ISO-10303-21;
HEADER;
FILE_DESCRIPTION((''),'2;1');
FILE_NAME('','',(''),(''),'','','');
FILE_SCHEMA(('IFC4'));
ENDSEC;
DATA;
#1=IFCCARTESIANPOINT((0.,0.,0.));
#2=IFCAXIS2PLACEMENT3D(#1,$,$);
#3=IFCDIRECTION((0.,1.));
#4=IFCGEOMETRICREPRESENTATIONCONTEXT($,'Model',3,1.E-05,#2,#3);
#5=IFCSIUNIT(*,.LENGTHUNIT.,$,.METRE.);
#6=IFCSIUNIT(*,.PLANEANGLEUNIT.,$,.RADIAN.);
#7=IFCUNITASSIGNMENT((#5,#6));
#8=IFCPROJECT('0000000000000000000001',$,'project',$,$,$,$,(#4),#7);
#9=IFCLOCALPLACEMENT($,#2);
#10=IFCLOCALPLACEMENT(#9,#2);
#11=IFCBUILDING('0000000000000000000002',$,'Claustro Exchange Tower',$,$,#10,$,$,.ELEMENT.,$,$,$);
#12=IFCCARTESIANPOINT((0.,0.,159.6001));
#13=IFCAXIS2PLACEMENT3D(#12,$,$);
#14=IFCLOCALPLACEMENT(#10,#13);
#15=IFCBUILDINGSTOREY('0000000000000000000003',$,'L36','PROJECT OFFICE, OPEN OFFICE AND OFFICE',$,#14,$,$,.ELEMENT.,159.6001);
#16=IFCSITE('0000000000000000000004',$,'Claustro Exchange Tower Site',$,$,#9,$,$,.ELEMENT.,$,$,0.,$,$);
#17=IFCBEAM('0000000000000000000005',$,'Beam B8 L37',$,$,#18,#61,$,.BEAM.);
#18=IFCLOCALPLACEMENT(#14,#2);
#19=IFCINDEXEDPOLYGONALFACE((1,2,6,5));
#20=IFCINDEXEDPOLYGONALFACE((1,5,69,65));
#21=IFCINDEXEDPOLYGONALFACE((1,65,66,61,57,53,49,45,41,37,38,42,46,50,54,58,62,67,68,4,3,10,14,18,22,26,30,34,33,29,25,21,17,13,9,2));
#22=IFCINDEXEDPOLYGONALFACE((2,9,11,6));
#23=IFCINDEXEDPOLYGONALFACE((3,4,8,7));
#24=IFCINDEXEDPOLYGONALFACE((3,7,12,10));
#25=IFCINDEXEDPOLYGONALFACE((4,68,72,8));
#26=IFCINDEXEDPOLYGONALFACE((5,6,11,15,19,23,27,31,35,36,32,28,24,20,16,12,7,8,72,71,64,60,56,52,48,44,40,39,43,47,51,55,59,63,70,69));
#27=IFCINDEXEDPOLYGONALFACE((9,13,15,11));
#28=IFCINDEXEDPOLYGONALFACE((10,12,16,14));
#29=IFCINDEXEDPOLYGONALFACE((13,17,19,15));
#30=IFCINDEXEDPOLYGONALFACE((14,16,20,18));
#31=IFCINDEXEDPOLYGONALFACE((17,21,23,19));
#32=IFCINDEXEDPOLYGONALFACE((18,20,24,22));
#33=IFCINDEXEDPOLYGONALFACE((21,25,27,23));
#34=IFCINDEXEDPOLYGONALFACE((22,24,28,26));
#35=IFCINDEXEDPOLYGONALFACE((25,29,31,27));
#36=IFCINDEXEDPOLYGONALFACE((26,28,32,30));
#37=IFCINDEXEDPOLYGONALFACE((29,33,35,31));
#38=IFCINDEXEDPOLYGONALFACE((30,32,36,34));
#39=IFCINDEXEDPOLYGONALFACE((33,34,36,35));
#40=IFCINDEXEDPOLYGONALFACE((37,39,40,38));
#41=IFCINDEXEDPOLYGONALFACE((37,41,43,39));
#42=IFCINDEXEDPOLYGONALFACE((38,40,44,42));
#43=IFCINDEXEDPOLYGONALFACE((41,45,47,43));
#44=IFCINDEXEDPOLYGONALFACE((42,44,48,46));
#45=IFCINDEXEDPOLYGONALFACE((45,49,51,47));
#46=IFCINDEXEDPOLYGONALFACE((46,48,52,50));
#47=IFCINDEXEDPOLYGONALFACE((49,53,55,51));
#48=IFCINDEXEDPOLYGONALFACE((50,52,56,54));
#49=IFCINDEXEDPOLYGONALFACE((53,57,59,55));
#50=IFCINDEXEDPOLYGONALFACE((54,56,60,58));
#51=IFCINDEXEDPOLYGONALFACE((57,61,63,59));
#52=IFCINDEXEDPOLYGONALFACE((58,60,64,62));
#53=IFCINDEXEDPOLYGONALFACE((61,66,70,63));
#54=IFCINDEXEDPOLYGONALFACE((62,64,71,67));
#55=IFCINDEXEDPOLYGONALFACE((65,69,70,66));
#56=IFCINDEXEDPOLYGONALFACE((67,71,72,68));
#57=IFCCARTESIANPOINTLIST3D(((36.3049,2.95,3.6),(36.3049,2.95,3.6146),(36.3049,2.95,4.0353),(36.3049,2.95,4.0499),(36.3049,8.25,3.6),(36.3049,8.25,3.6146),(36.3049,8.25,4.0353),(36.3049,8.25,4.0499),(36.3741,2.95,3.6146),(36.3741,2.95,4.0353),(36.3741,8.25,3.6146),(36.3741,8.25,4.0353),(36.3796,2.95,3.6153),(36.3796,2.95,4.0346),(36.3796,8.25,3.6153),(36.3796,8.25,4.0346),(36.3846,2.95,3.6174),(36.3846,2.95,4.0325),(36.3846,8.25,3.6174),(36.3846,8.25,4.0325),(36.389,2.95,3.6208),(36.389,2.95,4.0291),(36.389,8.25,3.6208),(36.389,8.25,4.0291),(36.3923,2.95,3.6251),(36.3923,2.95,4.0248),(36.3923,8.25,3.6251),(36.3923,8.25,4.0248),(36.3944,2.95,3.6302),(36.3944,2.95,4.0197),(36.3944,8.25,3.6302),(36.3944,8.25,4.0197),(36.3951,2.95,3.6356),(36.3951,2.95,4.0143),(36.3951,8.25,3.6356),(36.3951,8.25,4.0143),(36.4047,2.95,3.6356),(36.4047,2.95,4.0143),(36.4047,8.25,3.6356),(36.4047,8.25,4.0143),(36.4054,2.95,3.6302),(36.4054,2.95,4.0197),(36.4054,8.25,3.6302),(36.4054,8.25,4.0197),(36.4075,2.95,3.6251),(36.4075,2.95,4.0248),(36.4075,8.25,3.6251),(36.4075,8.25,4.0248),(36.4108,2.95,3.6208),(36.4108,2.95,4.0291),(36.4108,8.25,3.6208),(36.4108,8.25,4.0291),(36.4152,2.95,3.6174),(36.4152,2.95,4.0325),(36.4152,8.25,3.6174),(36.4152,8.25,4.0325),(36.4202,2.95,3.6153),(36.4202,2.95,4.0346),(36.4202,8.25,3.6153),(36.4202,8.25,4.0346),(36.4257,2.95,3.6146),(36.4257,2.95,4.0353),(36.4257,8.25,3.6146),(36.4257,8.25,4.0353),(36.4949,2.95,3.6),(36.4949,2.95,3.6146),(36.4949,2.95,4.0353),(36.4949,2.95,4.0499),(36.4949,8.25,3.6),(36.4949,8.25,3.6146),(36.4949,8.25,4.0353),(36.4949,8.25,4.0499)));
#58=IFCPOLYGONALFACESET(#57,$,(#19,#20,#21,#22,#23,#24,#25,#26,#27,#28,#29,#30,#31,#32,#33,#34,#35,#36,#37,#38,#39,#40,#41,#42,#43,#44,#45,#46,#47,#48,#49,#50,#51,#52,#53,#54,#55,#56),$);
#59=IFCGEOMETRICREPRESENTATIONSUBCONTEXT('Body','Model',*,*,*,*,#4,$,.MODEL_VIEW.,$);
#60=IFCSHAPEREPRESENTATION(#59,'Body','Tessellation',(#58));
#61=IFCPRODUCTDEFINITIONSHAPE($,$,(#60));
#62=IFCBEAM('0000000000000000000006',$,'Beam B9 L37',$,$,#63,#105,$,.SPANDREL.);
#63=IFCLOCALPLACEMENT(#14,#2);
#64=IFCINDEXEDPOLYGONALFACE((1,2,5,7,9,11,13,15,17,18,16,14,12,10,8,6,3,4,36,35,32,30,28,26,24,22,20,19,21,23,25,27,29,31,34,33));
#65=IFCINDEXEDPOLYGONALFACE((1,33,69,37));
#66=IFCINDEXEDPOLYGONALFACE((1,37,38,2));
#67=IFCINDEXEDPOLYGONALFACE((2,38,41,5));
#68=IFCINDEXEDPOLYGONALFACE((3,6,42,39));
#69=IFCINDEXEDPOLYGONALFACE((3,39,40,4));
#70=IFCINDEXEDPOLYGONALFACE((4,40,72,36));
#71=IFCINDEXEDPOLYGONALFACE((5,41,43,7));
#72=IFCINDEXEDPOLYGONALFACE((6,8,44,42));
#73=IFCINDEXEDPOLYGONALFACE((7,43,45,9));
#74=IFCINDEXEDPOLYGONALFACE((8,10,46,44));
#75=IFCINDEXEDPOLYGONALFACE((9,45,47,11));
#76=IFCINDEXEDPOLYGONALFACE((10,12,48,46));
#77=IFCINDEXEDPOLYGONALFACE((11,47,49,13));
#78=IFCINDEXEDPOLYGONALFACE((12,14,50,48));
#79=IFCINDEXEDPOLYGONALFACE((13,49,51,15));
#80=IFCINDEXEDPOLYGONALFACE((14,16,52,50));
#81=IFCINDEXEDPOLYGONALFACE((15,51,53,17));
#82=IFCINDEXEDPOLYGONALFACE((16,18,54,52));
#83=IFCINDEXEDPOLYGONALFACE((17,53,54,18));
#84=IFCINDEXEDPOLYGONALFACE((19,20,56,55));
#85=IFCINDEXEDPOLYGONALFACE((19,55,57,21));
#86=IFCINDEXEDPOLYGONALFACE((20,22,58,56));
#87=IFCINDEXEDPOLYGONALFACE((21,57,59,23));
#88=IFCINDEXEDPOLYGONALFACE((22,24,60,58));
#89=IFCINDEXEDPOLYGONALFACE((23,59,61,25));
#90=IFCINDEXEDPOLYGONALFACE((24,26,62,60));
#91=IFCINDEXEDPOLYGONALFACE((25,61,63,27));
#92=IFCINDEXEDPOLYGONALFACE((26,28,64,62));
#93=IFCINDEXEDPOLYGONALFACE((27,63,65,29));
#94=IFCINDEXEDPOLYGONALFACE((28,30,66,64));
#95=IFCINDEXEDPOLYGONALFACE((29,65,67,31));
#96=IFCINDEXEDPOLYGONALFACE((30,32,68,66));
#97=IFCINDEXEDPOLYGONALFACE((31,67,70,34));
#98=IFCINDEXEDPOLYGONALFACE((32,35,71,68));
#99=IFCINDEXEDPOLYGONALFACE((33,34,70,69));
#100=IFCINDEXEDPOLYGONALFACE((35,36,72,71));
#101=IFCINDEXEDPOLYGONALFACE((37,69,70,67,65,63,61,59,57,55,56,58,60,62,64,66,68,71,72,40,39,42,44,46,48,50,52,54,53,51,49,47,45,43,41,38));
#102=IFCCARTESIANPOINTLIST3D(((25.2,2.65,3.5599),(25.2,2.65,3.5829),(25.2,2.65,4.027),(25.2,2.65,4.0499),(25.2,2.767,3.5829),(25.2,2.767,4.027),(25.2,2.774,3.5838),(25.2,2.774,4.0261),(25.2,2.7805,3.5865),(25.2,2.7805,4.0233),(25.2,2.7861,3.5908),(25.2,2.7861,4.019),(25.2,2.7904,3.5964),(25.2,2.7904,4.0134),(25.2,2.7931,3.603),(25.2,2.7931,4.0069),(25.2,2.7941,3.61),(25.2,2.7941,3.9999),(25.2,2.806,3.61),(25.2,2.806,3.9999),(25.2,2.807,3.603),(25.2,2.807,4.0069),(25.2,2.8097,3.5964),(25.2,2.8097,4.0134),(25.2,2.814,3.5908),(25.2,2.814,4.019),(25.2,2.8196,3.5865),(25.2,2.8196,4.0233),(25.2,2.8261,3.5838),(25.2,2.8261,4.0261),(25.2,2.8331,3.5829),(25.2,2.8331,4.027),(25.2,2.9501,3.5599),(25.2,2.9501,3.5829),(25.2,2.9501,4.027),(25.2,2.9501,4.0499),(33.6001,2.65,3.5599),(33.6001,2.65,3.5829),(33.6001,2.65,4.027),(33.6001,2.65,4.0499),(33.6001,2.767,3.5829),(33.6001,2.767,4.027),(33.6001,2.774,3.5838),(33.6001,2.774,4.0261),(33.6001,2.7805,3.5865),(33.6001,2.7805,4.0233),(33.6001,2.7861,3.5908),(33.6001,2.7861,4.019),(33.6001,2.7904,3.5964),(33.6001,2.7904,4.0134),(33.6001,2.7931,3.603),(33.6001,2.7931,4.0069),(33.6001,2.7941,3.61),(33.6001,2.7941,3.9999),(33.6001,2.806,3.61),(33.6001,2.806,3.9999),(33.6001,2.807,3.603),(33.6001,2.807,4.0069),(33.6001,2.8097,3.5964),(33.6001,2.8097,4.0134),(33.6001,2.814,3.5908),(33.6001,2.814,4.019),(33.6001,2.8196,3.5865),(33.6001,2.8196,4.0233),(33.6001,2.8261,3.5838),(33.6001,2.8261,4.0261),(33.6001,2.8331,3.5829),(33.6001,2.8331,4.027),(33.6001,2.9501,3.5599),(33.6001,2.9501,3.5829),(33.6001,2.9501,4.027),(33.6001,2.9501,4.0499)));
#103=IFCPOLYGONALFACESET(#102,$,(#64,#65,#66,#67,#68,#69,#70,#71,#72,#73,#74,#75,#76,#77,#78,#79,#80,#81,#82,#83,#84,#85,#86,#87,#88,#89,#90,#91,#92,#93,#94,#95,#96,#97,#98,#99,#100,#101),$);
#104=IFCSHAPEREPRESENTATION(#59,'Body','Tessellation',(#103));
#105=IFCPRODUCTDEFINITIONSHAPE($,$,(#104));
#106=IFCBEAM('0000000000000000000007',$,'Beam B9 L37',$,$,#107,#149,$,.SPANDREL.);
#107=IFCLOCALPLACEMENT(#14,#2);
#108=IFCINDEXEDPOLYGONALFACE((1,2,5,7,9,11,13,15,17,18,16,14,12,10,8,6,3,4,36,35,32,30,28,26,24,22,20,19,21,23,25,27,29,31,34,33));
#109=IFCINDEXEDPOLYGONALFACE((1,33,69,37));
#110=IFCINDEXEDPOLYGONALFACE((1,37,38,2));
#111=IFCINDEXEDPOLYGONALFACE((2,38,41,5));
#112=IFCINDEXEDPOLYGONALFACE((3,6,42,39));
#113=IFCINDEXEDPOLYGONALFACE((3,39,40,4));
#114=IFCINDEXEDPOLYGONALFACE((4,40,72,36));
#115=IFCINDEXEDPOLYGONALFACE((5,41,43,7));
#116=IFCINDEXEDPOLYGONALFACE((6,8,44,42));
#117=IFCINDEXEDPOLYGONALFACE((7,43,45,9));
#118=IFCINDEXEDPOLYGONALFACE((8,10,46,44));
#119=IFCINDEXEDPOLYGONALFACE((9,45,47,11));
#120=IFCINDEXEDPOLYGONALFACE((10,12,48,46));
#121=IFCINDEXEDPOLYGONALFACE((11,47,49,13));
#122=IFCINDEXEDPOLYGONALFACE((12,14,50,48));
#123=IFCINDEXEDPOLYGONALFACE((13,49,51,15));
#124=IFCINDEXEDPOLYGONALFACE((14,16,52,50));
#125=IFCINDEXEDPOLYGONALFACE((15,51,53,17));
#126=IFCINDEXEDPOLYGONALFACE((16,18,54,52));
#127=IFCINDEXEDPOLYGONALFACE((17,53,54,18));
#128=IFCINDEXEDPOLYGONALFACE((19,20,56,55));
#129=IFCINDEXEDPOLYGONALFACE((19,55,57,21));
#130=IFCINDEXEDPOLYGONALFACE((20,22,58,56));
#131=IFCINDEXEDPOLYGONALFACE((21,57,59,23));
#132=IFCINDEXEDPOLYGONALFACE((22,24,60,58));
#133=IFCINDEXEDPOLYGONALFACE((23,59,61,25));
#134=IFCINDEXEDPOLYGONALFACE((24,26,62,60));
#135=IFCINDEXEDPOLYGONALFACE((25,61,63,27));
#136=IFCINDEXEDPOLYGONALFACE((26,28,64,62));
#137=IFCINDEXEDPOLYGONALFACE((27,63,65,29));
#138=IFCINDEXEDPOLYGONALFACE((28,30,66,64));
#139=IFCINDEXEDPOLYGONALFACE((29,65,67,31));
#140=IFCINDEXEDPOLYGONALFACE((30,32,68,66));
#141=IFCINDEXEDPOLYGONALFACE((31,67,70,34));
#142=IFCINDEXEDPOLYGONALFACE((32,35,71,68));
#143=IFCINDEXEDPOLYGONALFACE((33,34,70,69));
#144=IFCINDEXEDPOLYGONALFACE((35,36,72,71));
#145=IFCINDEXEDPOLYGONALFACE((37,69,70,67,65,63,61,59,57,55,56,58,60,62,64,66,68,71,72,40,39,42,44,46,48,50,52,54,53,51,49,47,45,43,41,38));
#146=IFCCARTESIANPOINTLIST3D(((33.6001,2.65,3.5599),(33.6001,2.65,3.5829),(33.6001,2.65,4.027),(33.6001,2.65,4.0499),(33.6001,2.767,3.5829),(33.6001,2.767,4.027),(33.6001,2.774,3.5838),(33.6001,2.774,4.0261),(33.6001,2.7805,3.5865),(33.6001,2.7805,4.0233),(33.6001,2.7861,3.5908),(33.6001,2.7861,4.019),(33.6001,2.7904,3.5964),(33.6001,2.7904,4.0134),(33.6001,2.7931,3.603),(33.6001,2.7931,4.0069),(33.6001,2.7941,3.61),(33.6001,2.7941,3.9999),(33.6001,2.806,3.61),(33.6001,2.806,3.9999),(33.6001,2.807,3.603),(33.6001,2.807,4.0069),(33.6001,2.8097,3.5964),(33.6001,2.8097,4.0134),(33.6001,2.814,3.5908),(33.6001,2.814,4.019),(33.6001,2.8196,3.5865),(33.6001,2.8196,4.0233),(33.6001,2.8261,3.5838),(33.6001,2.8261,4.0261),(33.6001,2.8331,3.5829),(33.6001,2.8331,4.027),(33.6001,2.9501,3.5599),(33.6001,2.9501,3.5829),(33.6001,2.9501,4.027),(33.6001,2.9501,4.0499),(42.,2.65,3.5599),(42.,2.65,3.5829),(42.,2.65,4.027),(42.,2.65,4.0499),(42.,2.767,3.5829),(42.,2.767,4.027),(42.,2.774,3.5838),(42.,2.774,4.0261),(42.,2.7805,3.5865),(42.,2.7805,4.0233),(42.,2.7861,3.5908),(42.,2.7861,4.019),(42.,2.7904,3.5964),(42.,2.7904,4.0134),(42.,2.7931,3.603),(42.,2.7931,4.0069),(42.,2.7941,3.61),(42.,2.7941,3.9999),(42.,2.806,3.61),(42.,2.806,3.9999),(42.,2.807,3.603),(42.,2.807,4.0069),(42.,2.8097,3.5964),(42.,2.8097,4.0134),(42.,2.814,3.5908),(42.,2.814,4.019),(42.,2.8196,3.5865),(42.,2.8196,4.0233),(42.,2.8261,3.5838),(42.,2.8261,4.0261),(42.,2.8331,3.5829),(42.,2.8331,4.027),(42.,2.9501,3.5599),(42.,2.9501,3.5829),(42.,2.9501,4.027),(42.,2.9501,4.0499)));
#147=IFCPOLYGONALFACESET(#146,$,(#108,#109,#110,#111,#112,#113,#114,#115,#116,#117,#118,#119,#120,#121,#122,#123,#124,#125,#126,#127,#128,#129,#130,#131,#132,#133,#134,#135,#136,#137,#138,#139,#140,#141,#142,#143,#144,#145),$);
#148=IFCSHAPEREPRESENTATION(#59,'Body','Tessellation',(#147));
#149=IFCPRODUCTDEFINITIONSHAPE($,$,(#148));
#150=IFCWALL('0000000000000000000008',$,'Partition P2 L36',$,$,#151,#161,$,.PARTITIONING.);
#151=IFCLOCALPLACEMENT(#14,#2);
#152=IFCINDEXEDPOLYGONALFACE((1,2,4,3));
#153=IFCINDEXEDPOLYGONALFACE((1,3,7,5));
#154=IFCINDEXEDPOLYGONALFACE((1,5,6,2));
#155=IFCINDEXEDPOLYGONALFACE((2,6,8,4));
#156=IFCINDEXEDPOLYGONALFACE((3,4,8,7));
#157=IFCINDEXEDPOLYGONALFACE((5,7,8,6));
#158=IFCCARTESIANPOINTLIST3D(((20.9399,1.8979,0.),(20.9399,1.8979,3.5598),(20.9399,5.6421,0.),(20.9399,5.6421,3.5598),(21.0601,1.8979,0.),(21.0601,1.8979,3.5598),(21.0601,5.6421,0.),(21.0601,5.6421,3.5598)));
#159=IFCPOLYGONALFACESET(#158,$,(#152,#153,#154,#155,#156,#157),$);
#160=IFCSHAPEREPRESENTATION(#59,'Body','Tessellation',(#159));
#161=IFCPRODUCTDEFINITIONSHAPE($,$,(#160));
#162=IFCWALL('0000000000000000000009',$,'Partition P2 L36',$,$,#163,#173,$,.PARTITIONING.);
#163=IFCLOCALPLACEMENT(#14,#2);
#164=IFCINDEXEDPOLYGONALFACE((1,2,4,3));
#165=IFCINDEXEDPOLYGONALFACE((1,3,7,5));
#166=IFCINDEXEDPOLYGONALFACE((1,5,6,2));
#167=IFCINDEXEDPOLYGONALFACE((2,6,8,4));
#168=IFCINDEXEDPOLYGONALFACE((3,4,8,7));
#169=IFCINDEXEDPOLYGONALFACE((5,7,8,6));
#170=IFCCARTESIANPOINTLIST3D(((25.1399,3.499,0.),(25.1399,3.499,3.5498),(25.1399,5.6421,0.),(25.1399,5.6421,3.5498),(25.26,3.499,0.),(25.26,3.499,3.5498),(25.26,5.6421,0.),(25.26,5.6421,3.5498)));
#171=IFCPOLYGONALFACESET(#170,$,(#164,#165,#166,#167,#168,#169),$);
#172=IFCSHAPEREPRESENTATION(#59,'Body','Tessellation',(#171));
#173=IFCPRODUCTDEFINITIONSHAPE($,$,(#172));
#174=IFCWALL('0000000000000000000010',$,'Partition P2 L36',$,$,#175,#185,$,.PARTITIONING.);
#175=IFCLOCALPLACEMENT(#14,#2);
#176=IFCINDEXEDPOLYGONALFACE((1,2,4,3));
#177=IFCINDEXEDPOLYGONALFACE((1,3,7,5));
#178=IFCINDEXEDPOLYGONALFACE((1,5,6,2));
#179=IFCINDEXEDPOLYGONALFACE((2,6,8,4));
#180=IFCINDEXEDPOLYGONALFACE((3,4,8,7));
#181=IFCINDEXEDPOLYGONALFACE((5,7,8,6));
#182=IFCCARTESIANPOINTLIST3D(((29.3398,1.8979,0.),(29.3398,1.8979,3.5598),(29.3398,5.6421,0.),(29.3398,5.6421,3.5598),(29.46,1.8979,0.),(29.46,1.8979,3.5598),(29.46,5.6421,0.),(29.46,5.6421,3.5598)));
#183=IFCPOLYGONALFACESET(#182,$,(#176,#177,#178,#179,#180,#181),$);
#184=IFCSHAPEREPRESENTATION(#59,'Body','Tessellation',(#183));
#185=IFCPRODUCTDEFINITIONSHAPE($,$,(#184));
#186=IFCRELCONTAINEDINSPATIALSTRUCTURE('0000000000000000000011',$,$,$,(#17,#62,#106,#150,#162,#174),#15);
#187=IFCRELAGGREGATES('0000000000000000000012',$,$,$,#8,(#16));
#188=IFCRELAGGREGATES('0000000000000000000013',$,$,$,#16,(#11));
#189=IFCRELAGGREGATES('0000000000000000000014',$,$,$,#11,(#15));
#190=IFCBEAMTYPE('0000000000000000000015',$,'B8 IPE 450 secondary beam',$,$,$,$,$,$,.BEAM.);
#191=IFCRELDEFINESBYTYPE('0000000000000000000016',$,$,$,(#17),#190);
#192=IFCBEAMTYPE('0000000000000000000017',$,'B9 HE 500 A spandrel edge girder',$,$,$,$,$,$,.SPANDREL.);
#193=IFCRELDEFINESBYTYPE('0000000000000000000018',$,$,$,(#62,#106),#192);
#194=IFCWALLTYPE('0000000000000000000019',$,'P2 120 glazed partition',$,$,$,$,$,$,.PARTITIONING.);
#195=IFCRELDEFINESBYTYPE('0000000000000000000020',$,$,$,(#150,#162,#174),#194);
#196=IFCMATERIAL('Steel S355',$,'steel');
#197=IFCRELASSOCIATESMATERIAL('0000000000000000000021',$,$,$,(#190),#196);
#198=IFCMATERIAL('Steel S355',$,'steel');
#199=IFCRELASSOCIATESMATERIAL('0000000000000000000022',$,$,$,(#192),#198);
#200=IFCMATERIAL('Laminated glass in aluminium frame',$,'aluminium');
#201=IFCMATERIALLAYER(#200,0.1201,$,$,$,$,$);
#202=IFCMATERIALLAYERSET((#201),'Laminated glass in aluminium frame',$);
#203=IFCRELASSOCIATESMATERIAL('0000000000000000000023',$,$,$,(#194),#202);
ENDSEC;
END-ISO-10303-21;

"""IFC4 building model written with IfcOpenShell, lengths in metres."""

from ifc_helpers import new_model, si_unit, direction, frame, frame_2d, origin, origin_2d, place, context, subcontext, project, spatial, rectangle, i_section, extrude, material, layer, layer_set, material_profile, profile_set, type_object, element, save


model = new_model("IFC4")

# Units and contexts
model_context = context("Model", 3, precision=1e-05, world=origin(), true_north=direction((0.0, 1.0)))
body_context = subcontext(model_context, "Body", "Model", "MODEL_VIEW")
ifc_project = project(units=[si_unit("LENGTHUNIT", "METRE"), si_unit("PLANEANGLEUNIT", "RADIAN")], contexts=[model_context])

# Site, building, storey
site_placement = place(None, origin())
site = spatial("IfcSite", under=ifc_project, at=site_placement, Name="Claustro Exchange Tower Site", CompositionType="ELEMENT", RefElevation=0.0)
building_placement = place(site_placement, origin())
building = spatial("IfcBuilding", under=site, at=building_placement, Name="Claustro Exchange Tower", CompositionType="ELEMENT")
storey_placement = place(building_placement, frame((0.0, 0.0, 159.6001)))
storey = spatial("IfcBuildingStorey", under=building, at=storey_placement, Name="L36", Description="PROJECT OFFICE, OPEN OFFICE AND OFFICE", CompositionType="ELEMENT", Elevation=159.6001)

# Beams
ifc_material_1 = material(Name="Steel S355", Category="steel")
ifc_material_profile_1 = material_profile(ifc_material_1, i_section(OverallWidth=0.1899, OverallDepth=0.45, WebThickness=0.0095, FlangeThickness=0.0146, FilletRadius=0.021, at=origin_2d()), Name="IPE 450")
ifc_profile_set_1 = profile_set([ifc_material_profile_1], Name="Steel S355")
beam_type_1 = type_object("IfcBeamType", Name="B8 IPE 450 secondary beam", PredefinedType="BEAM", material=ifc_profile_set_1)
for number, where, z_axis, x_axis, name in (
    (1, (36.3999, 2.95, 3.825), (0.0, 1.0, 0.0), (-1.0, 0.0, 0.0), "Beam B8 L37"),
):
    element("IfcBeam", number, at=place(storey_placement, frame(where, z_axis=z_axis, x_axis=x_axis)), inside=storey, type_object=beam_type_1, Name=name, PredefinedType="BEAM", context=body_context, shape_type="SweptSolid", body=[
        extrude(i_section(OverallWidth=0.1899, OverallDepth=0.45, WebThickness=0.0095, FlangeThickness=0.0146, FilletRadius=0.021, at=origin_2d()), origin(), (0.0, 0.0, 1.0), 5.3),
    ])
ifc_material_2 = material(Name="Steel S355", Category="steel")
ifc_material_profile_2 = material_profile(ifc_material_2, i_section(OverallWidth=0.3, OverallDepth=0.49, WebThickness=0.012, FlangeThickness=0.0229, FilletRadius=0.0271, at=origin_2d()), Name="HE 500 A")
ifc_profile_set_2 = profile_set([ifc_material_profile_2], Name="Steel S355")
beam_type_2 = type_object("IfcBeamType", Name="B9 HE 500 A spandrel edge girder", PredefinedType="SPANDREL", material=ifc_profile_set_2)
beam_1_placement = place(storey_placement, frame((25.2, 2.8, 3.8049), z_axis=(1.0, 0.0, 0.0), x_axis=(0.0, 1.0, 0.0)))
element("IfcBeam", 2, at=beam_1_placement, inside=storey, type_object=beam_type_2, Name="Beam B9 L37", PredefinedType="SPANDREL", context=body_context, shape_type="SweptSolid", body=[
    extrude(i_section(OverallWidth=0.3, OverallDepth=0.49, WebThickness=0.012, FlangeThickness=0.0229, FilletRadius=0.0271, at=origin_2d()), origin(), (0.0, 0.0, 1.0), 8.4001),
])
beam_2_placement = place(storey_placement, frame((33.6001, 2.8, 3.8049), z_axis=(1.0, 0.0, 0.0), x_axis=(0.0, 1.0, 0.0)))
element("IfcBeam", 3, at=beam_2_placement, inside=storey, type_object=beam_type_2, Name="Beam B9 L37", PredefinedType="SPANDREL", context=body_context, shape_type="SweptSolid", body=[
    extrude(i_section(OverallWidth=0.3, OverallDepth=0.49, WebThickness=0.012, FlangeThickness=0.0229, FilletRadius=0.0271, at=origin_2d()), origin(), (0.0, 0.0, 1.0), 8.3999),
])

# Walls
ifc_material_3 = material(Name="Laminated glass in aluminium frame", Category="aluminium")
ifc_layer_1 = layer(ifc_material_3, 0.1201)
ifc_layer_set_1 = layer_set([ifc_layer_1], Name="Laminated glass in aluminium frame")
wall_type_1 = type_object("IfcWallType", Name="P2 120 glazed partition", PredefinedType="PARTITIONING", material=ifc_layer_set_1)
wall_1_placement = place(storey_placement, frame((21.0, 1.8979, 0.0), z_axis=(0.0, 0.0, 1.0), x_axis=(0.0, 1.0, 0.0)))
element("IfcWall", 4, at=wall_1_placement, inside=storey, type_object=wall_type_1, Name="Partition P2 L36", PredefinedType="PARTITIONING", context=body_context, shape_type="SweptSolid", body=[
    extrude(rectangle(XDim=3.7441, YDim=0.1201, at=frame_2d((1.8721, 0.0))), origin(), (0.0, 0.0, 1.0), 3.5598),
])
wall_2_placement = place(storey_placement, frame((25.2, 3.499, 0.0), z_axis=(0.0, 0.0, 1.0), x_axis=(0.0, 1.0, 0.0)))
element("IfcWall", 5, at=wall_2_placement, inside=storey, type_object=wall_type_1, Name="Partition P2 L36", PredefinedType="PARTITIONING", context=body_context, shape_type="SweptSolid", body=[
    extrude(rectangle(XDim=2.1431, YDim=0.1201, at=frame_2d((1.0715, 0.0))), origin(), (0.0, 0.0, 1.0), 3.5498),
])
wall_3_placement = place(storey_placement, frame((29.3999, 1.8979, 0.0), z_axis=(0.0, 0.0, 1.0), x_axis=(0.0, 1.0, 0.0)))
element("IfcWall", 6, at=wall_3_placement, inside=storey, type_object=wall_type_1, Name="Partition P2 L36", PredefinedType="PARTITIONING", context=body_context, shape_type="SweptSolid", body=[
    extrude(rectangle(XDim=3.7441, YDim=0.1201, at=frame_2d((1.8721, 0.0))), origin(), (0.0, 0.0, 1.0), 3.5598),
])

save(model, "model.ifc")
